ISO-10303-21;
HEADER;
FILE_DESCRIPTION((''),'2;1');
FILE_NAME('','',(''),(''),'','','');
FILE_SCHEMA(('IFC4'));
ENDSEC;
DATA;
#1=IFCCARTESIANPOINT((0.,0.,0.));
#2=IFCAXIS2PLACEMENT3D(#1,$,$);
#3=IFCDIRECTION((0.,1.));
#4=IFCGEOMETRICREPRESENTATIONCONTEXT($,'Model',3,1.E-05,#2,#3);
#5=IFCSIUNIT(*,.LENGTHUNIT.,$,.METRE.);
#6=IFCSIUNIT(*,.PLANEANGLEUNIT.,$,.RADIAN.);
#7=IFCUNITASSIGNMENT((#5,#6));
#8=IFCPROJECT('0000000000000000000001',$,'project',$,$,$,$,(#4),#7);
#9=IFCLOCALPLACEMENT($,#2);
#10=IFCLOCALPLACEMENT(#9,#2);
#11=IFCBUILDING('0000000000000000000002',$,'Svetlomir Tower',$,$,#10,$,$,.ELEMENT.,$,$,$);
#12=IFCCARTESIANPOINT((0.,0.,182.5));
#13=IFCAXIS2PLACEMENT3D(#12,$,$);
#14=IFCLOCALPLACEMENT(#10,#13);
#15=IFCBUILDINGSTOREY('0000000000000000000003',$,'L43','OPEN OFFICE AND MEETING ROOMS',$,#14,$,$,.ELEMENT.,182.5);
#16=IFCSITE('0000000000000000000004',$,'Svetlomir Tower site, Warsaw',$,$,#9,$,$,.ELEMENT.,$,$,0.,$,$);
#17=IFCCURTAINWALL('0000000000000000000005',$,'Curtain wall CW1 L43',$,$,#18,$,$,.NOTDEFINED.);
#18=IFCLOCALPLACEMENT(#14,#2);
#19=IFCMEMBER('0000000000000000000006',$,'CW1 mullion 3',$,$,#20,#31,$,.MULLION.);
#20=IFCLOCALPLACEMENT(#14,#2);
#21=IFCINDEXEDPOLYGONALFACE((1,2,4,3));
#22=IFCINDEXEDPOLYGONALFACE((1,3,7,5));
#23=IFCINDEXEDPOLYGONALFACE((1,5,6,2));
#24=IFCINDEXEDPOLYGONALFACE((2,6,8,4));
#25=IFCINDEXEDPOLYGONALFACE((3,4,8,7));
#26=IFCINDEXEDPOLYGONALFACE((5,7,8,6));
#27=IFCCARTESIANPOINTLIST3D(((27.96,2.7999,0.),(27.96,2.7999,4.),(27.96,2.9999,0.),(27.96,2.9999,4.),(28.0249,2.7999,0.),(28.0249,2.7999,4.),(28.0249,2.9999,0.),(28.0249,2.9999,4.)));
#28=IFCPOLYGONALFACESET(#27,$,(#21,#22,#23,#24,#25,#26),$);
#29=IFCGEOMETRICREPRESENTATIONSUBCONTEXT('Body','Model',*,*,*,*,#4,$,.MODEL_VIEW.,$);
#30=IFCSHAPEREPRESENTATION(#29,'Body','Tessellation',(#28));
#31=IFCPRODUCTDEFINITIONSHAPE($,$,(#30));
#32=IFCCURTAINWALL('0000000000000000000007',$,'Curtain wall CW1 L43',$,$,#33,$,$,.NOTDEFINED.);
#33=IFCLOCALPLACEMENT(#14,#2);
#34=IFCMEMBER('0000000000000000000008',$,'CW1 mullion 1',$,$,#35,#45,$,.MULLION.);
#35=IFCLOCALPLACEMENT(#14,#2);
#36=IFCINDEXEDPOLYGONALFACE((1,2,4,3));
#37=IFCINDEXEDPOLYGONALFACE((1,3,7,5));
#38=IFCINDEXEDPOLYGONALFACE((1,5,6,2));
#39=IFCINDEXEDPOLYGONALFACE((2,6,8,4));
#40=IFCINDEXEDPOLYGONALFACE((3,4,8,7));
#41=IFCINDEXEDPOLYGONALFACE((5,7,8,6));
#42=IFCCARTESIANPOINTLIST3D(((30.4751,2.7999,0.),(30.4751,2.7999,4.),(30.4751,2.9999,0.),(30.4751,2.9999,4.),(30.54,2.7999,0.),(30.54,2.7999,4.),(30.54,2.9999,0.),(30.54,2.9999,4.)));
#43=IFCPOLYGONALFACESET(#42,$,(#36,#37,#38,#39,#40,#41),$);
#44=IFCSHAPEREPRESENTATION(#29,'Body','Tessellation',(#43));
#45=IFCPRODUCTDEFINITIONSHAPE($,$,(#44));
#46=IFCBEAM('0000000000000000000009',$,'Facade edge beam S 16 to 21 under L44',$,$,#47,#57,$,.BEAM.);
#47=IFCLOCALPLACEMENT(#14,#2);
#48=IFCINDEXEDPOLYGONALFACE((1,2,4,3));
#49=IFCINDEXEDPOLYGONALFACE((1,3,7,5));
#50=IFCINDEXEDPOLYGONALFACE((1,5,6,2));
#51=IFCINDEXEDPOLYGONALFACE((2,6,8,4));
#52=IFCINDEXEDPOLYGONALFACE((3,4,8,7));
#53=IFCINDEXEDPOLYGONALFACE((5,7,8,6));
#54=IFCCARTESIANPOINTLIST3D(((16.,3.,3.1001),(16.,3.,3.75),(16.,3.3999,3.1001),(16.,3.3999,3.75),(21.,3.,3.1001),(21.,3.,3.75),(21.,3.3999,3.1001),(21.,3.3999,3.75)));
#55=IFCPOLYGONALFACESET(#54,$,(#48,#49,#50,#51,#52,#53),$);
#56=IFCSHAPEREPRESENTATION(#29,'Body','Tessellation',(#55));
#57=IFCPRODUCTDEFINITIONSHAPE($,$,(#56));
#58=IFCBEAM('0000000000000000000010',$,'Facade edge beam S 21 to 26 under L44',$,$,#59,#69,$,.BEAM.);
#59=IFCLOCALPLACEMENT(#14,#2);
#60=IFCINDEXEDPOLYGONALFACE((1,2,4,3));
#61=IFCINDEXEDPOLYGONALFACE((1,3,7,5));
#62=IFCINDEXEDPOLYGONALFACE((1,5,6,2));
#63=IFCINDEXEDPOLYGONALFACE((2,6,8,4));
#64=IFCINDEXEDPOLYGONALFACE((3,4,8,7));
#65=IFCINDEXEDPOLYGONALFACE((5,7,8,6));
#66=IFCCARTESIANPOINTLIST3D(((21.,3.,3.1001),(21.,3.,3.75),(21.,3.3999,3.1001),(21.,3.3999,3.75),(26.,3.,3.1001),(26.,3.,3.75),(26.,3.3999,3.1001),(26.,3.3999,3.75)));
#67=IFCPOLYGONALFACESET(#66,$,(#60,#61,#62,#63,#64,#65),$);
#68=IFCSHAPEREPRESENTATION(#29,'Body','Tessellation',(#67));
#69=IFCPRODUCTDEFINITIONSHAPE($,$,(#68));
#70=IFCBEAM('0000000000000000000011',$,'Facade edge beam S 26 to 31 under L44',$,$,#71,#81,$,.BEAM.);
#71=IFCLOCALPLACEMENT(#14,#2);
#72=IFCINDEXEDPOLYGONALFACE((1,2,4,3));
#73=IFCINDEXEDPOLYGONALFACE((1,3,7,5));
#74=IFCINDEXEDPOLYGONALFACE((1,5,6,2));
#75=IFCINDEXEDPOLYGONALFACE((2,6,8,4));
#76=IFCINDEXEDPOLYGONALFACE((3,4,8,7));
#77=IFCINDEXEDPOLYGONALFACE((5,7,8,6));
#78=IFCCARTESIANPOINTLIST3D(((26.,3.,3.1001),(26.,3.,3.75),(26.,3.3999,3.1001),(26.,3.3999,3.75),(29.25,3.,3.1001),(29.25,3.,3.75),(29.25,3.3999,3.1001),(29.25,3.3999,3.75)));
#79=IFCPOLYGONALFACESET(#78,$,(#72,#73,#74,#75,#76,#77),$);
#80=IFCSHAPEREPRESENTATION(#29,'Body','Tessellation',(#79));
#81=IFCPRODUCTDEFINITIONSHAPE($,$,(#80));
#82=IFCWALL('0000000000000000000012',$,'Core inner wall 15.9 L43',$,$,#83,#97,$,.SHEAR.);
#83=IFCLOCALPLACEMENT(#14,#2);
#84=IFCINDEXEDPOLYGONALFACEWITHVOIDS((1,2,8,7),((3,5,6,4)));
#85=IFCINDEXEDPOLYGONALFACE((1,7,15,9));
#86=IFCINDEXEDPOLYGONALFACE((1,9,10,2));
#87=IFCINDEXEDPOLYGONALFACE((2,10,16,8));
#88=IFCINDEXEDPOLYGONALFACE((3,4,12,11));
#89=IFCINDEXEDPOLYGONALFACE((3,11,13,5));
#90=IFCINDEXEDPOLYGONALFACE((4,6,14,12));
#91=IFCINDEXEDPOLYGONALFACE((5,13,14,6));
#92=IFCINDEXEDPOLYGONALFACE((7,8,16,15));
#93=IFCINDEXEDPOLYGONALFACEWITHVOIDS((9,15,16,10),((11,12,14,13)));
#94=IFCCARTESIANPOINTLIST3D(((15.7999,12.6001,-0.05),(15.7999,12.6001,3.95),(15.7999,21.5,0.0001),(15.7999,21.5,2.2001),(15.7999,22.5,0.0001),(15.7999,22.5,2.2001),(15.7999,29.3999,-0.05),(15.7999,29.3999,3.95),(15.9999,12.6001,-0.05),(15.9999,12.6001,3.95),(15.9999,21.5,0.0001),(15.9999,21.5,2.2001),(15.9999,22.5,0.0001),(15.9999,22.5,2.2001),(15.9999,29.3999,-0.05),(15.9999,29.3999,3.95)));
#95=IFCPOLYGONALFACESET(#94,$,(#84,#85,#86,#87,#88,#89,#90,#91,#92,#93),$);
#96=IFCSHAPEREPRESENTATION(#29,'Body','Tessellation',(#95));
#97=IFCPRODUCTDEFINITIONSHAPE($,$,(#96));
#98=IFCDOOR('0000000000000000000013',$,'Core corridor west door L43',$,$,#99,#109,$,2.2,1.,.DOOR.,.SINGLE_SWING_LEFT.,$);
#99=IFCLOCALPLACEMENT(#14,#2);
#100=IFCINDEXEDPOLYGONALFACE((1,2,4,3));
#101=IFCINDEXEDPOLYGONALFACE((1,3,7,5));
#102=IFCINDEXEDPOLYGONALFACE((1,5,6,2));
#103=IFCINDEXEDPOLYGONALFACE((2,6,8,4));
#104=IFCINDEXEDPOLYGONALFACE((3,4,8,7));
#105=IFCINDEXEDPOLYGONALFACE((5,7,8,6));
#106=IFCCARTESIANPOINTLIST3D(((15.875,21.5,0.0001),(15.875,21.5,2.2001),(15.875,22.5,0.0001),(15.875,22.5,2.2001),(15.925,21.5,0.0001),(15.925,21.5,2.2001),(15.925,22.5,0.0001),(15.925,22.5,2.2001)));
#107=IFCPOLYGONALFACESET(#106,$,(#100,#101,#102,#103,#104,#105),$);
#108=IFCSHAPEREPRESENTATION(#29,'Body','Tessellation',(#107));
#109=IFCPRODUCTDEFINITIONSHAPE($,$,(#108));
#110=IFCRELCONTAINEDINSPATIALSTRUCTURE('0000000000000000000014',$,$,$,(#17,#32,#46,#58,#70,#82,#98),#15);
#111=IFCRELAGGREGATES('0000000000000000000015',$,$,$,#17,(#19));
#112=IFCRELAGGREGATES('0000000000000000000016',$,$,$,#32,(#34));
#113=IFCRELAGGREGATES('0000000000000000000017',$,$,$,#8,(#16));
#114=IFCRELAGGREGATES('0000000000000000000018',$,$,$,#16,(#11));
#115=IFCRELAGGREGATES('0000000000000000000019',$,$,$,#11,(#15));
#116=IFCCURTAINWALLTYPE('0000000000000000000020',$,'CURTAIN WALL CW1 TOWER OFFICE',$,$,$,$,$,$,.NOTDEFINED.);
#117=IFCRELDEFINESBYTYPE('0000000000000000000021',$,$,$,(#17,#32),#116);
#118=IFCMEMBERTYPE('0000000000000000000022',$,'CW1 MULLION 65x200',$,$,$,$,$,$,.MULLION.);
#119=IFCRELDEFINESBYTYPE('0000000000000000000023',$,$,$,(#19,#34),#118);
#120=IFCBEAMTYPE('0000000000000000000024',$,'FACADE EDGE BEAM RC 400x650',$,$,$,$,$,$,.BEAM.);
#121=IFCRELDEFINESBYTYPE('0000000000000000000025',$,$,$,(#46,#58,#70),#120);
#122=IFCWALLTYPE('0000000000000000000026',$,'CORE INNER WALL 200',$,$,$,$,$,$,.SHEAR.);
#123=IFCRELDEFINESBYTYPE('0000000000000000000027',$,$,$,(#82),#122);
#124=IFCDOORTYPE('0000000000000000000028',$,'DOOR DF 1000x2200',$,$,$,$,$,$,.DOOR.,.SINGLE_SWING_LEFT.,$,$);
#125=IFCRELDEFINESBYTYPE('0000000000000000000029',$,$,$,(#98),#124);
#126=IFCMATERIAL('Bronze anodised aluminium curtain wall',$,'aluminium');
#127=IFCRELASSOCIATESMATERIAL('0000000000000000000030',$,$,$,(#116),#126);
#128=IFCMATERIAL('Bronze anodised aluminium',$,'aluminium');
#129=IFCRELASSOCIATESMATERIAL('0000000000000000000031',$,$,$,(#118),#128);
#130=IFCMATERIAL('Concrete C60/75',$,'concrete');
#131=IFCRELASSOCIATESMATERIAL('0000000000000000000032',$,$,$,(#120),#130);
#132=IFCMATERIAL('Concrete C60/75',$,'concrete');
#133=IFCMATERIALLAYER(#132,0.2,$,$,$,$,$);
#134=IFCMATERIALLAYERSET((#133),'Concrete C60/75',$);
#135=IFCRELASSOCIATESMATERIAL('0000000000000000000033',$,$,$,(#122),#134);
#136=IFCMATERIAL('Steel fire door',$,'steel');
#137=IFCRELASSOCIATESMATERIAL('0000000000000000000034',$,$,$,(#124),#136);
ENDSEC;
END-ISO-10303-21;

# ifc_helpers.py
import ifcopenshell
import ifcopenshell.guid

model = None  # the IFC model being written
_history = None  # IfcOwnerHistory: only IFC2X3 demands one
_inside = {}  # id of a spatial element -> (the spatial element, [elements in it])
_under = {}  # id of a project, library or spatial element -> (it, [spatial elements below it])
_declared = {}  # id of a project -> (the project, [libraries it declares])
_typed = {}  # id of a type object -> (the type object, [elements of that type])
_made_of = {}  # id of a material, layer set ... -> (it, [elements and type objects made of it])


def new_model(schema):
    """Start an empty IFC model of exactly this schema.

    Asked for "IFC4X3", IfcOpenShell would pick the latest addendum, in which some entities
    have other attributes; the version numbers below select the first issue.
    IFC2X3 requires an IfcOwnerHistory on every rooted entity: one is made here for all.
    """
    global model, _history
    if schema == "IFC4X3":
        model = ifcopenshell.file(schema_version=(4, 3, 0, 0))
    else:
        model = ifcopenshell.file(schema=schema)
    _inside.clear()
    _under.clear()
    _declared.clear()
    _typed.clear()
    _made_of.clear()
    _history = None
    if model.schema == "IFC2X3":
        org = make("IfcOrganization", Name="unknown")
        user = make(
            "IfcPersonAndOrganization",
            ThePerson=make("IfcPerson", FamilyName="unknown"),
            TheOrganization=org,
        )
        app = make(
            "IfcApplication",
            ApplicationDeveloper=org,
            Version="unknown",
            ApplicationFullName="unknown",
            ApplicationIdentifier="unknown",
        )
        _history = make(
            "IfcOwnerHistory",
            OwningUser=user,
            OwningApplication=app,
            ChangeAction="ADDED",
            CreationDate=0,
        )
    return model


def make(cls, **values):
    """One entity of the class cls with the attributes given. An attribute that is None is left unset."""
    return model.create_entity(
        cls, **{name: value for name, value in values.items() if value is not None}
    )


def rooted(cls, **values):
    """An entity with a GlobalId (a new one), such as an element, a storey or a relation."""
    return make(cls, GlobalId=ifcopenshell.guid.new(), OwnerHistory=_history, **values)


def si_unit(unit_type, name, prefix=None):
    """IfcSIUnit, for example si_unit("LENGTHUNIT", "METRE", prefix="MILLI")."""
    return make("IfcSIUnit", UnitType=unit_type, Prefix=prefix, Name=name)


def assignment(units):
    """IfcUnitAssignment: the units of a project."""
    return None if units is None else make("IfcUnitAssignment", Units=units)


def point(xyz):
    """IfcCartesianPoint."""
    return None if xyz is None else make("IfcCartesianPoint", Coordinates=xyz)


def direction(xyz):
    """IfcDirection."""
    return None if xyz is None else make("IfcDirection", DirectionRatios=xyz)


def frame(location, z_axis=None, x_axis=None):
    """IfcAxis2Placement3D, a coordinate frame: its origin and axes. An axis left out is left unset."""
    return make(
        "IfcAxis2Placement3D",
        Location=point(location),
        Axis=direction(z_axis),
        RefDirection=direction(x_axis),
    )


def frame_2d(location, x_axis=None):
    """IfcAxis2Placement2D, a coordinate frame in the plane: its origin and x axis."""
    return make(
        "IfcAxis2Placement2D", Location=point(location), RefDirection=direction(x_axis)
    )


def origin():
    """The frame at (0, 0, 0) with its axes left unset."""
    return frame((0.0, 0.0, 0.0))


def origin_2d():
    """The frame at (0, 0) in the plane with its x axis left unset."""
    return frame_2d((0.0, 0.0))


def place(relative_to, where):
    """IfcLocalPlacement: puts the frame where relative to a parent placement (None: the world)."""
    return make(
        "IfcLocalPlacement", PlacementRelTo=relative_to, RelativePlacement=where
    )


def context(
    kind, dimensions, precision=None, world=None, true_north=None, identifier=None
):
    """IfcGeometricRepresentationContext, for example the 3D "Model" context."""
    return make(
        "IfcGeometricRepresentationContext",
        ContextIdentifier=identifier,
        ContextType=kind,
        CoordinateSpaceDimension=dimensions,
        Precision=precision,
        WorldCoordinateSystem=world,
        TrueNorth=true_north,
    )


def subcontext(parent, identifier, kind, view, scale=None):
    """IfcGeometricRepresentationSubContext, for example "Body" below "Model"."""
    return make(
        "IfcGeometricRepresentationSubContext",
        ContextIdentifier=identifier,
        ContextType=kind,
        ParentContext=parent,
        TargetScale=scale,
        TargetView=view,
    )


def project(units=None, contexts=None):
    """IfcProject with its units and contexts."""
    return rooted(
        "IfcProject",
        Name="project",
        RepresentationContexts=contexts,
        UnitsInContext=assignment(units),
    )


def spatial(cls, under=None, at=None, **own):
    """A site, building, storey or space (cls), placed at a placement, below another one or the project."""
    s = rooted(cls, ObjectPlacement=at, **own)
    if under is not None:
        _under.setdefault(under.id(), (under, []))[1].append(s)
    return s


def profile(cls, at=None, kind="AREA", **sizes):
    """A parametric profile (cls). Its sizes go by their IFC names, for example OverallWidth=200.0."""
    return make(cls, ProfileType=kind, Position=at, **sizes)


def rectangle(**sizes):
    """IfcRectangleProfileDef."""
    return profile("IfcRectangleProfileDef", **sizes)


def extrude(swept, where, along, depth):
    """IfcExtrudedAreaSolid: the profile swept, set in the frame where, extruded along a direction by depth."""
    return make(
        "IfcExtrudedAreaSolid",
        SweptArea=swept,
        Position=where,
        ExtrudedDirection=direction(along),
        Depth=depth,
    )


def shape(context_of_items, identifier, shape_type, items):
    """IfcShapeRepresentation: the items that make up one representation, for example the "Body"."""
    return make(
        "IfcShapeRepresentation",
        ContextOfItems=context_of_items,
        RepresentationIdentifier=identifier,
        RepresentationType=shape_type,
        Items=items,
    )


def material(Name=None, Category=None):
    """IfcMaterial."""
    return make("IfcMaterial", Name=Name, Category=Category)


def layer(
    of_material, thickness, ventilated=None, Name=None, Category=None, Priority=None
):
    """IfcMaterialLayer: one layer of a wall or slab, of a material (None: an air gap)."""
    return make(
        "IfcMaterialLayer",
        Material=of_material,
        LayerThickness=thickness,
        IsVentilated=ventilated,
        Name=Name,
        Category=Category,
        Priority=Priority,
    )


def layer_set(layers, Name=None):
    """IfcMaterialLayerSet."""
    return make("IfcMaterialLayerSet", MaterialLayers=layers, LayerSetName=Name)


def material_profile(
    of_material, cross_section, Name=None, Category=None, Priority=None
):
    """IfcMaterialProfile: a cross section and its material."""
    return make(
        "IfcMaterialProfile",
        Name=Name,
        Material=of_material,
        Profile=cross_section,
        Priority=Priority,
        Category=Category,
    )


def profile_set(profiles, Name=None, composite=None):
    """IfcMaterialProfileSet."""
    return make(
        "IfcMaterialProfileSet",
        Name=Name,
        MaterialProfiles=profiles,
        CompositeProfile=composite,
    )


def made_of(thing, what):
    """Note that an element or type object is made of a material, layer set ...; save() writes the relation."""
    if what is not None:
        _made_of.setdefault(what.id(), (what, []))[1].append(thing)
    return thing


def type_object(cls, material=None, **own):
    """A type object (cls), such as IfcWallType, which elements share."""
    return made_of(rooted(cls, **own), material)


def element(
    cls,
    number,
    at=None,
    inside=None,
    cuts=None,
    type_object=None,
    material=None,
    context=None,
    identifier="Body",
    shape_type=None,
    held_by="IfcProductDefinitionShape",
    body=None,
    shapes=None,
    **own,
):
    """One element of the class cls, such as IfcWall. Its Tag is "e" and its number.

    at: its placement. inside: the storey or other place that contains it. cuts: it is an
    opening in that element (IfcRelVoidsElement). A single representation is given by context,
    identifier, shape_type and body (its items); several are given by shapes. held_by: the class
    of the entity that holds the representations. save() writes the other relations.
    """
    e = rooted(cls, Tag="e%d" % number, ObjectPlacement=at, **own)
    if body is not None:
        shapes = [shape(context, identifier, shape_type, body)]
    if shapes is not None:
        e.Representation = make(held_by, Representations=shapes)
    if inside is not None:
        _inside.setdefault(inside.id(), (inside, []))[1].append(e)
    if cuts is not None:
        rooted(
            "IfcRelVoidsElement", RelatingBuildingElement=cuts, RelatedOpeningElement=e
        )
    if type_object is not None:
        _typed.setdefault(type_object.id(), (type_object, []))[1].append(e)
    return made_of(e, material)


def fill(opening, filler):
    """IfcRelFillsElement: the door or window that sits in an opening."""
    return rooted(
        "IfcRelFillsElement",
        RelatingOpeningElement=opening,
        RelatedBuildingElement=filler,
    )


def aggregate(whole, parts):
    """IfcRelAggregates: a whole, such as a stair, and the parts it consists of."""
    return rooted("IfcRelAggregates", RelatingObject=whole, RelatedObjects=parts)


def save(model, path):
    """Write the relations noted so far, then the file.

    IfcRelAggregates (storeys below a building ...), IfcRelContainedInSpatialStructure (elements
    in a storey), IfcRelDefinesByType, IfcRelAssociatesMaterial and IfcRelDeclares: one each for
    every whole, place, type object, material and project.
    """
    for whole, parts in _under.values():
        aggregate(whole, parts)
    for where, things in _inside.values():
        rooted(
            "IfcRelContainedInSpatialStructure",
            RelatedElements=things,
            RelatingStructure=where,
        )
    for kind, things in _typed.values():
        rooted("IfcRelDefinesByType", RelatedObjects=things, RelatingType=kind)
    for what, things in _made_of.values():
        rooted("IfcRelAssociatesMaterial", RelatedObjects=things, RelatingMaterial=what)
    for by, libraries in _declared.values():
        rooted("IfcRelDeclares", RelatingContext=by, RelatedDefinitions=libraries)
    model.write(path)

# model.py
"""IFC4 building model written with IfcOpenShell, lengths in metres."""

from ifc_helpers import new_model, si_unit, direction, frame, frame_2d, origin, origin_2d, place, context, subcontext, project, spatial, rectangle, extrude, material, layer, layer_set, material_profile, profile_set, type_object, element, fill, aggregate, save


model = new_model("IFC4")

# Units and contexts
model_context = context("Model", 3, precision=1e-05, world=origin(), true_north=direction((0.0, 1.0)))
body_context = subcontext(model_context, "Body", "Model", "MODEL_VIEW")
ifc_project = project(units=[si_unit("LENGTHUNIT", "METRE"), si_unit("PLANEANGLEUNIT", "RADIAN")], contexts=[model_context])

# Site, building, storey
site_placement = place(None, origin())
site = spatial("IfcSite", under=ifc_project, at=site_placement, Name="Svetlomir Tower site, Warsaw", CompositionType="ELEMENT", RefElevation=0.0)
building_placement = place(site_placement, origin())
building = spatial("IfcBuilding", under=site, at=building_placement, Name="Svetlomir Tower", CompositionType="ELEMENT")
storey_placement = place(building_placement, frame((0.0, 0.0, 182.5)))
storey = spatial("IfcBuildingStorey", under=building, at=storey_placement, Name="L43", Description="OPEN OFFICE AND MEETING ROOMS", CompositionType="ELEMENT", Elevation=182.5)

# Curtain walls, members
ifc_material_1 = material(Name="Bronze anodised aluminium curtain wall", Category="aluminium")
curtain_wall_type = type_object("IfcCurtainWallType", Name="CURTAIN WALL CW1 TOWER OFFICE", PredefinedType="NOTDEFINED", material=ifc_material_1)
curtain_wall_1_placement = place(storey_placement, origin())
curtain_wall_1 = element("IfcCurtainWall", 1, at=curtain_wall_1_placement, inside=storey, type_object=curtain_wall_type, Name="Curtain wall CW1 L43", PredefinedType="NOTDEFINED")
ifc_material_2 = material(Name="Bronze anodised aluminium", Category="aluminium")
ifc_material_profile_1 = material_profile(ifc_material_2, rectangle(XDim=0.0649, YDim=0.2, at=origin_2d()), Name="AL 65x200")
ifc_profile_set_1 = profile_set([ifc_material_profile_1], Name="Bronze anodised aluminium 6063-T6")
member_type = type_object("IfcMemberType", Name="CW1 MULLION 65x200", PredefinedType="MULLION", material=ifc_profile_set_1)
member_1_placement = place(storey_placement, frame((27.9924, 2.8999, 0.0), z_axis=(0.0, 0.0, 1.0), x_axis=(1.0, 0.0, 0.0)))
member_1 = element("IfcMember", 2, at=member_1_placement, type_object=member_type, Name="CW1 mullion 3", PredefinedType="MULLION", context=body_context, shape_type="SweptSolid", body=[
    extrude(rectangle(XDim=0.0649, YDim=0.2, at=origin_2d()), origin(), (0.0, 0.0, 1.0), 4.0),
])
aggregate(curtain_wall_1, [member_1])
curtain_wall_2_placement = place(storey_placement, origin())
curtain_wall_2 = element("IfcCurtainWall", 3, at=curtain_wall_2_placement, inside=storey, type_object=curtain_wall_type, Name="Curtain wall CW1 L43", PredefinedType="NOTDEFINED")
member_2_placement = place(storey_placement, frame((30.5076, 2.8999, 0.0), z_axis=(0.0, 0.0, 1.0), x_axis=(1.0, 0.0, 0.0)))
member_2 = element("IfcMember", 4, at=member_2_placement, type_object=member_type, Name="CW1 mullion 1", PredefinedType="MULLION", context=body_context, shape_type="SweptSolid", body=[
    extrude(rectangle(XDim=0.0649, YDim=0.2, at=origin_2d()), origin(), (0.0, 0.0, 1.0), 4.0),
])
aggregate(curtain_wall_2, [member_2])

# Beams
ifc_material_3 = material(Name="Concrete C60/75", Category="concrete")
ifc_material_profile_2 = material_profile(ifc_material_3, rectangle(XDim=0.3999, YDim=0.6499, at=origin_2d()), Name="RC 400x650")
ifc_profile_set_2 = profile_set([ifc_material_profile_2], Name="Concrete C60/75")
beam_type = type_object("IfcBeamType", Name="FACADE EDGE BEAM RC 400x650", PredefinedType="BEAM", material=ifc_profile_set_2)
for number, where, z_axis, x_axis, name in (
    (5, (16.0, 3.2, 3.425), (1.0, 0.0, 0.0), (0.0, 1.0, 0.0), "Facade edge beam S 16 to 21 under L44"),
    (6, (21.0, 3.2, 3.425), (1.0, 0.0, 0.0), (0.0, 1.0, 0.0), "Facade edge beam S 21 to 26 under L44"),
):
    element("IfcBeam", number, at=place(storey_placement, frame(where, z_axis=z_axis, x_axis=x_axis)), inside=storey, type_object=beam_type, Name=name, PredefinedType="BEAM", context=body_context, shape_type="SweptSolid", body=[
        extrude(rectangle(XDim=0.3999, YDim=0.6499, at=origin_2d()), origin(), (0.0, 0.0, 1.0), 5.0),
    ])
beam_placement = place(storey_placement, frame((26.0, 3.2, 3.425), z_axis=(1.0, 0.0, 0.0), x_axis=(0.0, 1.0, 0.0)))
element("IfcBeam", 7, at=beam_placement, inside=storey, type_object=beam_type, Name="Facade edge beam S 26 to 31 under L44", PredefinedType="BEAM", context=body_context, shape_type="SweptSolid", body=[
    extrude(rectangle(XDim=0.3999, YDim=0.6499, at=origin_2d()), origin(), (0.0, 0.0, 1.0), 3.25),
])

# Wall, opening, door
ifc_material_4 = material(Name="Concrete C60/75", Category="concrete")
ifc_layer_1 = layer(ifc_material_4, 0.2)
ifc_layer_set_1 = layer_set([ifc_layer_1], Name="Concrete C60/75")
wall_type_1 = type_object("IfcWallType", Name="CORE INNER WALL 200", PredefinedType="SHEAR", material=ifc_layer_set_1)
wall_1_placement = place(storey_placement, frame((15.8999, 12.6001, -0.05), z_axis=(0.0, 0.0, 1.0), x_axis=(0.0, 1.0, 0.0)))
wall_1 = element("IfcWall", 8, at=wall_1_placement, inside=storey, type_object=wall_type_1, Name="Core inner wall 15.9 L43", PredefinedType="SHEAR", context=body_context, shape_type="SweptSolid", body=[
    extrude(rectangle(XDim=16.7998, YDim=0.2, at=frame_2d((8.3999, 0.0))), origin(), (0.0, 0.0, 1.0), 4.0),
])
opening_1_placement = place(wall_1_placement, frame((8.8999, 0.0, 0.05)))
opening_1 = element("IfcOpeningElement", 9, at=opening_1_placement, cuts=wall_1, PredefinedType="OPENING", context=body_context, shape_type="SweptSolid", body=[
    extrude(rectangle(XDim=1.0, YDim=2.2, at=frame_2d((0.5, 1.1001))), frame((0.0, 0.1099, 0.0), z_axis=(0.0, -1.0, 0.0), x_axis=(1.0, 0.0, 0.0)), (0.0, 0.0, 1.0), 0.22),
])
ifc_material_5 = material(Name="Steel fire door", Category="steel")
door_type_1 = type_object("IfcDoorType", Name="DOOR DF 1000x2200", OperationType="SINGLE_SWING_LEFT", PredefinedType="DOOR", material=ifc_material_5)
door_1_placement = place(opening_1_placement, origin())
door_1 = element("IfcDoor", 10, at=door_1_placement, inside=storey, type_object=door_type_1, Name="Core corridor west door L43", OperationType="SINGLE_SWING_LEFT", OverallHeight=2.2, OverallWidth=1.0, PredefinedType="DOOR", context=body_context, shape_type="SweptSolid", body=[
    extrude(rectangle(XDim=1.0, YDim=2.2, at=frame_2d((0.5, 1.1001))), frame((0.0, 0.0249, 0.0), z_axis=(0.0, -1.0, 0.0), x_axis=(1.0, 0.0, 0.0)), (0.0, 0.0, 1.0), 0.05),
])
fill(opening_1, door_1)

save(model, "model.ifc")
